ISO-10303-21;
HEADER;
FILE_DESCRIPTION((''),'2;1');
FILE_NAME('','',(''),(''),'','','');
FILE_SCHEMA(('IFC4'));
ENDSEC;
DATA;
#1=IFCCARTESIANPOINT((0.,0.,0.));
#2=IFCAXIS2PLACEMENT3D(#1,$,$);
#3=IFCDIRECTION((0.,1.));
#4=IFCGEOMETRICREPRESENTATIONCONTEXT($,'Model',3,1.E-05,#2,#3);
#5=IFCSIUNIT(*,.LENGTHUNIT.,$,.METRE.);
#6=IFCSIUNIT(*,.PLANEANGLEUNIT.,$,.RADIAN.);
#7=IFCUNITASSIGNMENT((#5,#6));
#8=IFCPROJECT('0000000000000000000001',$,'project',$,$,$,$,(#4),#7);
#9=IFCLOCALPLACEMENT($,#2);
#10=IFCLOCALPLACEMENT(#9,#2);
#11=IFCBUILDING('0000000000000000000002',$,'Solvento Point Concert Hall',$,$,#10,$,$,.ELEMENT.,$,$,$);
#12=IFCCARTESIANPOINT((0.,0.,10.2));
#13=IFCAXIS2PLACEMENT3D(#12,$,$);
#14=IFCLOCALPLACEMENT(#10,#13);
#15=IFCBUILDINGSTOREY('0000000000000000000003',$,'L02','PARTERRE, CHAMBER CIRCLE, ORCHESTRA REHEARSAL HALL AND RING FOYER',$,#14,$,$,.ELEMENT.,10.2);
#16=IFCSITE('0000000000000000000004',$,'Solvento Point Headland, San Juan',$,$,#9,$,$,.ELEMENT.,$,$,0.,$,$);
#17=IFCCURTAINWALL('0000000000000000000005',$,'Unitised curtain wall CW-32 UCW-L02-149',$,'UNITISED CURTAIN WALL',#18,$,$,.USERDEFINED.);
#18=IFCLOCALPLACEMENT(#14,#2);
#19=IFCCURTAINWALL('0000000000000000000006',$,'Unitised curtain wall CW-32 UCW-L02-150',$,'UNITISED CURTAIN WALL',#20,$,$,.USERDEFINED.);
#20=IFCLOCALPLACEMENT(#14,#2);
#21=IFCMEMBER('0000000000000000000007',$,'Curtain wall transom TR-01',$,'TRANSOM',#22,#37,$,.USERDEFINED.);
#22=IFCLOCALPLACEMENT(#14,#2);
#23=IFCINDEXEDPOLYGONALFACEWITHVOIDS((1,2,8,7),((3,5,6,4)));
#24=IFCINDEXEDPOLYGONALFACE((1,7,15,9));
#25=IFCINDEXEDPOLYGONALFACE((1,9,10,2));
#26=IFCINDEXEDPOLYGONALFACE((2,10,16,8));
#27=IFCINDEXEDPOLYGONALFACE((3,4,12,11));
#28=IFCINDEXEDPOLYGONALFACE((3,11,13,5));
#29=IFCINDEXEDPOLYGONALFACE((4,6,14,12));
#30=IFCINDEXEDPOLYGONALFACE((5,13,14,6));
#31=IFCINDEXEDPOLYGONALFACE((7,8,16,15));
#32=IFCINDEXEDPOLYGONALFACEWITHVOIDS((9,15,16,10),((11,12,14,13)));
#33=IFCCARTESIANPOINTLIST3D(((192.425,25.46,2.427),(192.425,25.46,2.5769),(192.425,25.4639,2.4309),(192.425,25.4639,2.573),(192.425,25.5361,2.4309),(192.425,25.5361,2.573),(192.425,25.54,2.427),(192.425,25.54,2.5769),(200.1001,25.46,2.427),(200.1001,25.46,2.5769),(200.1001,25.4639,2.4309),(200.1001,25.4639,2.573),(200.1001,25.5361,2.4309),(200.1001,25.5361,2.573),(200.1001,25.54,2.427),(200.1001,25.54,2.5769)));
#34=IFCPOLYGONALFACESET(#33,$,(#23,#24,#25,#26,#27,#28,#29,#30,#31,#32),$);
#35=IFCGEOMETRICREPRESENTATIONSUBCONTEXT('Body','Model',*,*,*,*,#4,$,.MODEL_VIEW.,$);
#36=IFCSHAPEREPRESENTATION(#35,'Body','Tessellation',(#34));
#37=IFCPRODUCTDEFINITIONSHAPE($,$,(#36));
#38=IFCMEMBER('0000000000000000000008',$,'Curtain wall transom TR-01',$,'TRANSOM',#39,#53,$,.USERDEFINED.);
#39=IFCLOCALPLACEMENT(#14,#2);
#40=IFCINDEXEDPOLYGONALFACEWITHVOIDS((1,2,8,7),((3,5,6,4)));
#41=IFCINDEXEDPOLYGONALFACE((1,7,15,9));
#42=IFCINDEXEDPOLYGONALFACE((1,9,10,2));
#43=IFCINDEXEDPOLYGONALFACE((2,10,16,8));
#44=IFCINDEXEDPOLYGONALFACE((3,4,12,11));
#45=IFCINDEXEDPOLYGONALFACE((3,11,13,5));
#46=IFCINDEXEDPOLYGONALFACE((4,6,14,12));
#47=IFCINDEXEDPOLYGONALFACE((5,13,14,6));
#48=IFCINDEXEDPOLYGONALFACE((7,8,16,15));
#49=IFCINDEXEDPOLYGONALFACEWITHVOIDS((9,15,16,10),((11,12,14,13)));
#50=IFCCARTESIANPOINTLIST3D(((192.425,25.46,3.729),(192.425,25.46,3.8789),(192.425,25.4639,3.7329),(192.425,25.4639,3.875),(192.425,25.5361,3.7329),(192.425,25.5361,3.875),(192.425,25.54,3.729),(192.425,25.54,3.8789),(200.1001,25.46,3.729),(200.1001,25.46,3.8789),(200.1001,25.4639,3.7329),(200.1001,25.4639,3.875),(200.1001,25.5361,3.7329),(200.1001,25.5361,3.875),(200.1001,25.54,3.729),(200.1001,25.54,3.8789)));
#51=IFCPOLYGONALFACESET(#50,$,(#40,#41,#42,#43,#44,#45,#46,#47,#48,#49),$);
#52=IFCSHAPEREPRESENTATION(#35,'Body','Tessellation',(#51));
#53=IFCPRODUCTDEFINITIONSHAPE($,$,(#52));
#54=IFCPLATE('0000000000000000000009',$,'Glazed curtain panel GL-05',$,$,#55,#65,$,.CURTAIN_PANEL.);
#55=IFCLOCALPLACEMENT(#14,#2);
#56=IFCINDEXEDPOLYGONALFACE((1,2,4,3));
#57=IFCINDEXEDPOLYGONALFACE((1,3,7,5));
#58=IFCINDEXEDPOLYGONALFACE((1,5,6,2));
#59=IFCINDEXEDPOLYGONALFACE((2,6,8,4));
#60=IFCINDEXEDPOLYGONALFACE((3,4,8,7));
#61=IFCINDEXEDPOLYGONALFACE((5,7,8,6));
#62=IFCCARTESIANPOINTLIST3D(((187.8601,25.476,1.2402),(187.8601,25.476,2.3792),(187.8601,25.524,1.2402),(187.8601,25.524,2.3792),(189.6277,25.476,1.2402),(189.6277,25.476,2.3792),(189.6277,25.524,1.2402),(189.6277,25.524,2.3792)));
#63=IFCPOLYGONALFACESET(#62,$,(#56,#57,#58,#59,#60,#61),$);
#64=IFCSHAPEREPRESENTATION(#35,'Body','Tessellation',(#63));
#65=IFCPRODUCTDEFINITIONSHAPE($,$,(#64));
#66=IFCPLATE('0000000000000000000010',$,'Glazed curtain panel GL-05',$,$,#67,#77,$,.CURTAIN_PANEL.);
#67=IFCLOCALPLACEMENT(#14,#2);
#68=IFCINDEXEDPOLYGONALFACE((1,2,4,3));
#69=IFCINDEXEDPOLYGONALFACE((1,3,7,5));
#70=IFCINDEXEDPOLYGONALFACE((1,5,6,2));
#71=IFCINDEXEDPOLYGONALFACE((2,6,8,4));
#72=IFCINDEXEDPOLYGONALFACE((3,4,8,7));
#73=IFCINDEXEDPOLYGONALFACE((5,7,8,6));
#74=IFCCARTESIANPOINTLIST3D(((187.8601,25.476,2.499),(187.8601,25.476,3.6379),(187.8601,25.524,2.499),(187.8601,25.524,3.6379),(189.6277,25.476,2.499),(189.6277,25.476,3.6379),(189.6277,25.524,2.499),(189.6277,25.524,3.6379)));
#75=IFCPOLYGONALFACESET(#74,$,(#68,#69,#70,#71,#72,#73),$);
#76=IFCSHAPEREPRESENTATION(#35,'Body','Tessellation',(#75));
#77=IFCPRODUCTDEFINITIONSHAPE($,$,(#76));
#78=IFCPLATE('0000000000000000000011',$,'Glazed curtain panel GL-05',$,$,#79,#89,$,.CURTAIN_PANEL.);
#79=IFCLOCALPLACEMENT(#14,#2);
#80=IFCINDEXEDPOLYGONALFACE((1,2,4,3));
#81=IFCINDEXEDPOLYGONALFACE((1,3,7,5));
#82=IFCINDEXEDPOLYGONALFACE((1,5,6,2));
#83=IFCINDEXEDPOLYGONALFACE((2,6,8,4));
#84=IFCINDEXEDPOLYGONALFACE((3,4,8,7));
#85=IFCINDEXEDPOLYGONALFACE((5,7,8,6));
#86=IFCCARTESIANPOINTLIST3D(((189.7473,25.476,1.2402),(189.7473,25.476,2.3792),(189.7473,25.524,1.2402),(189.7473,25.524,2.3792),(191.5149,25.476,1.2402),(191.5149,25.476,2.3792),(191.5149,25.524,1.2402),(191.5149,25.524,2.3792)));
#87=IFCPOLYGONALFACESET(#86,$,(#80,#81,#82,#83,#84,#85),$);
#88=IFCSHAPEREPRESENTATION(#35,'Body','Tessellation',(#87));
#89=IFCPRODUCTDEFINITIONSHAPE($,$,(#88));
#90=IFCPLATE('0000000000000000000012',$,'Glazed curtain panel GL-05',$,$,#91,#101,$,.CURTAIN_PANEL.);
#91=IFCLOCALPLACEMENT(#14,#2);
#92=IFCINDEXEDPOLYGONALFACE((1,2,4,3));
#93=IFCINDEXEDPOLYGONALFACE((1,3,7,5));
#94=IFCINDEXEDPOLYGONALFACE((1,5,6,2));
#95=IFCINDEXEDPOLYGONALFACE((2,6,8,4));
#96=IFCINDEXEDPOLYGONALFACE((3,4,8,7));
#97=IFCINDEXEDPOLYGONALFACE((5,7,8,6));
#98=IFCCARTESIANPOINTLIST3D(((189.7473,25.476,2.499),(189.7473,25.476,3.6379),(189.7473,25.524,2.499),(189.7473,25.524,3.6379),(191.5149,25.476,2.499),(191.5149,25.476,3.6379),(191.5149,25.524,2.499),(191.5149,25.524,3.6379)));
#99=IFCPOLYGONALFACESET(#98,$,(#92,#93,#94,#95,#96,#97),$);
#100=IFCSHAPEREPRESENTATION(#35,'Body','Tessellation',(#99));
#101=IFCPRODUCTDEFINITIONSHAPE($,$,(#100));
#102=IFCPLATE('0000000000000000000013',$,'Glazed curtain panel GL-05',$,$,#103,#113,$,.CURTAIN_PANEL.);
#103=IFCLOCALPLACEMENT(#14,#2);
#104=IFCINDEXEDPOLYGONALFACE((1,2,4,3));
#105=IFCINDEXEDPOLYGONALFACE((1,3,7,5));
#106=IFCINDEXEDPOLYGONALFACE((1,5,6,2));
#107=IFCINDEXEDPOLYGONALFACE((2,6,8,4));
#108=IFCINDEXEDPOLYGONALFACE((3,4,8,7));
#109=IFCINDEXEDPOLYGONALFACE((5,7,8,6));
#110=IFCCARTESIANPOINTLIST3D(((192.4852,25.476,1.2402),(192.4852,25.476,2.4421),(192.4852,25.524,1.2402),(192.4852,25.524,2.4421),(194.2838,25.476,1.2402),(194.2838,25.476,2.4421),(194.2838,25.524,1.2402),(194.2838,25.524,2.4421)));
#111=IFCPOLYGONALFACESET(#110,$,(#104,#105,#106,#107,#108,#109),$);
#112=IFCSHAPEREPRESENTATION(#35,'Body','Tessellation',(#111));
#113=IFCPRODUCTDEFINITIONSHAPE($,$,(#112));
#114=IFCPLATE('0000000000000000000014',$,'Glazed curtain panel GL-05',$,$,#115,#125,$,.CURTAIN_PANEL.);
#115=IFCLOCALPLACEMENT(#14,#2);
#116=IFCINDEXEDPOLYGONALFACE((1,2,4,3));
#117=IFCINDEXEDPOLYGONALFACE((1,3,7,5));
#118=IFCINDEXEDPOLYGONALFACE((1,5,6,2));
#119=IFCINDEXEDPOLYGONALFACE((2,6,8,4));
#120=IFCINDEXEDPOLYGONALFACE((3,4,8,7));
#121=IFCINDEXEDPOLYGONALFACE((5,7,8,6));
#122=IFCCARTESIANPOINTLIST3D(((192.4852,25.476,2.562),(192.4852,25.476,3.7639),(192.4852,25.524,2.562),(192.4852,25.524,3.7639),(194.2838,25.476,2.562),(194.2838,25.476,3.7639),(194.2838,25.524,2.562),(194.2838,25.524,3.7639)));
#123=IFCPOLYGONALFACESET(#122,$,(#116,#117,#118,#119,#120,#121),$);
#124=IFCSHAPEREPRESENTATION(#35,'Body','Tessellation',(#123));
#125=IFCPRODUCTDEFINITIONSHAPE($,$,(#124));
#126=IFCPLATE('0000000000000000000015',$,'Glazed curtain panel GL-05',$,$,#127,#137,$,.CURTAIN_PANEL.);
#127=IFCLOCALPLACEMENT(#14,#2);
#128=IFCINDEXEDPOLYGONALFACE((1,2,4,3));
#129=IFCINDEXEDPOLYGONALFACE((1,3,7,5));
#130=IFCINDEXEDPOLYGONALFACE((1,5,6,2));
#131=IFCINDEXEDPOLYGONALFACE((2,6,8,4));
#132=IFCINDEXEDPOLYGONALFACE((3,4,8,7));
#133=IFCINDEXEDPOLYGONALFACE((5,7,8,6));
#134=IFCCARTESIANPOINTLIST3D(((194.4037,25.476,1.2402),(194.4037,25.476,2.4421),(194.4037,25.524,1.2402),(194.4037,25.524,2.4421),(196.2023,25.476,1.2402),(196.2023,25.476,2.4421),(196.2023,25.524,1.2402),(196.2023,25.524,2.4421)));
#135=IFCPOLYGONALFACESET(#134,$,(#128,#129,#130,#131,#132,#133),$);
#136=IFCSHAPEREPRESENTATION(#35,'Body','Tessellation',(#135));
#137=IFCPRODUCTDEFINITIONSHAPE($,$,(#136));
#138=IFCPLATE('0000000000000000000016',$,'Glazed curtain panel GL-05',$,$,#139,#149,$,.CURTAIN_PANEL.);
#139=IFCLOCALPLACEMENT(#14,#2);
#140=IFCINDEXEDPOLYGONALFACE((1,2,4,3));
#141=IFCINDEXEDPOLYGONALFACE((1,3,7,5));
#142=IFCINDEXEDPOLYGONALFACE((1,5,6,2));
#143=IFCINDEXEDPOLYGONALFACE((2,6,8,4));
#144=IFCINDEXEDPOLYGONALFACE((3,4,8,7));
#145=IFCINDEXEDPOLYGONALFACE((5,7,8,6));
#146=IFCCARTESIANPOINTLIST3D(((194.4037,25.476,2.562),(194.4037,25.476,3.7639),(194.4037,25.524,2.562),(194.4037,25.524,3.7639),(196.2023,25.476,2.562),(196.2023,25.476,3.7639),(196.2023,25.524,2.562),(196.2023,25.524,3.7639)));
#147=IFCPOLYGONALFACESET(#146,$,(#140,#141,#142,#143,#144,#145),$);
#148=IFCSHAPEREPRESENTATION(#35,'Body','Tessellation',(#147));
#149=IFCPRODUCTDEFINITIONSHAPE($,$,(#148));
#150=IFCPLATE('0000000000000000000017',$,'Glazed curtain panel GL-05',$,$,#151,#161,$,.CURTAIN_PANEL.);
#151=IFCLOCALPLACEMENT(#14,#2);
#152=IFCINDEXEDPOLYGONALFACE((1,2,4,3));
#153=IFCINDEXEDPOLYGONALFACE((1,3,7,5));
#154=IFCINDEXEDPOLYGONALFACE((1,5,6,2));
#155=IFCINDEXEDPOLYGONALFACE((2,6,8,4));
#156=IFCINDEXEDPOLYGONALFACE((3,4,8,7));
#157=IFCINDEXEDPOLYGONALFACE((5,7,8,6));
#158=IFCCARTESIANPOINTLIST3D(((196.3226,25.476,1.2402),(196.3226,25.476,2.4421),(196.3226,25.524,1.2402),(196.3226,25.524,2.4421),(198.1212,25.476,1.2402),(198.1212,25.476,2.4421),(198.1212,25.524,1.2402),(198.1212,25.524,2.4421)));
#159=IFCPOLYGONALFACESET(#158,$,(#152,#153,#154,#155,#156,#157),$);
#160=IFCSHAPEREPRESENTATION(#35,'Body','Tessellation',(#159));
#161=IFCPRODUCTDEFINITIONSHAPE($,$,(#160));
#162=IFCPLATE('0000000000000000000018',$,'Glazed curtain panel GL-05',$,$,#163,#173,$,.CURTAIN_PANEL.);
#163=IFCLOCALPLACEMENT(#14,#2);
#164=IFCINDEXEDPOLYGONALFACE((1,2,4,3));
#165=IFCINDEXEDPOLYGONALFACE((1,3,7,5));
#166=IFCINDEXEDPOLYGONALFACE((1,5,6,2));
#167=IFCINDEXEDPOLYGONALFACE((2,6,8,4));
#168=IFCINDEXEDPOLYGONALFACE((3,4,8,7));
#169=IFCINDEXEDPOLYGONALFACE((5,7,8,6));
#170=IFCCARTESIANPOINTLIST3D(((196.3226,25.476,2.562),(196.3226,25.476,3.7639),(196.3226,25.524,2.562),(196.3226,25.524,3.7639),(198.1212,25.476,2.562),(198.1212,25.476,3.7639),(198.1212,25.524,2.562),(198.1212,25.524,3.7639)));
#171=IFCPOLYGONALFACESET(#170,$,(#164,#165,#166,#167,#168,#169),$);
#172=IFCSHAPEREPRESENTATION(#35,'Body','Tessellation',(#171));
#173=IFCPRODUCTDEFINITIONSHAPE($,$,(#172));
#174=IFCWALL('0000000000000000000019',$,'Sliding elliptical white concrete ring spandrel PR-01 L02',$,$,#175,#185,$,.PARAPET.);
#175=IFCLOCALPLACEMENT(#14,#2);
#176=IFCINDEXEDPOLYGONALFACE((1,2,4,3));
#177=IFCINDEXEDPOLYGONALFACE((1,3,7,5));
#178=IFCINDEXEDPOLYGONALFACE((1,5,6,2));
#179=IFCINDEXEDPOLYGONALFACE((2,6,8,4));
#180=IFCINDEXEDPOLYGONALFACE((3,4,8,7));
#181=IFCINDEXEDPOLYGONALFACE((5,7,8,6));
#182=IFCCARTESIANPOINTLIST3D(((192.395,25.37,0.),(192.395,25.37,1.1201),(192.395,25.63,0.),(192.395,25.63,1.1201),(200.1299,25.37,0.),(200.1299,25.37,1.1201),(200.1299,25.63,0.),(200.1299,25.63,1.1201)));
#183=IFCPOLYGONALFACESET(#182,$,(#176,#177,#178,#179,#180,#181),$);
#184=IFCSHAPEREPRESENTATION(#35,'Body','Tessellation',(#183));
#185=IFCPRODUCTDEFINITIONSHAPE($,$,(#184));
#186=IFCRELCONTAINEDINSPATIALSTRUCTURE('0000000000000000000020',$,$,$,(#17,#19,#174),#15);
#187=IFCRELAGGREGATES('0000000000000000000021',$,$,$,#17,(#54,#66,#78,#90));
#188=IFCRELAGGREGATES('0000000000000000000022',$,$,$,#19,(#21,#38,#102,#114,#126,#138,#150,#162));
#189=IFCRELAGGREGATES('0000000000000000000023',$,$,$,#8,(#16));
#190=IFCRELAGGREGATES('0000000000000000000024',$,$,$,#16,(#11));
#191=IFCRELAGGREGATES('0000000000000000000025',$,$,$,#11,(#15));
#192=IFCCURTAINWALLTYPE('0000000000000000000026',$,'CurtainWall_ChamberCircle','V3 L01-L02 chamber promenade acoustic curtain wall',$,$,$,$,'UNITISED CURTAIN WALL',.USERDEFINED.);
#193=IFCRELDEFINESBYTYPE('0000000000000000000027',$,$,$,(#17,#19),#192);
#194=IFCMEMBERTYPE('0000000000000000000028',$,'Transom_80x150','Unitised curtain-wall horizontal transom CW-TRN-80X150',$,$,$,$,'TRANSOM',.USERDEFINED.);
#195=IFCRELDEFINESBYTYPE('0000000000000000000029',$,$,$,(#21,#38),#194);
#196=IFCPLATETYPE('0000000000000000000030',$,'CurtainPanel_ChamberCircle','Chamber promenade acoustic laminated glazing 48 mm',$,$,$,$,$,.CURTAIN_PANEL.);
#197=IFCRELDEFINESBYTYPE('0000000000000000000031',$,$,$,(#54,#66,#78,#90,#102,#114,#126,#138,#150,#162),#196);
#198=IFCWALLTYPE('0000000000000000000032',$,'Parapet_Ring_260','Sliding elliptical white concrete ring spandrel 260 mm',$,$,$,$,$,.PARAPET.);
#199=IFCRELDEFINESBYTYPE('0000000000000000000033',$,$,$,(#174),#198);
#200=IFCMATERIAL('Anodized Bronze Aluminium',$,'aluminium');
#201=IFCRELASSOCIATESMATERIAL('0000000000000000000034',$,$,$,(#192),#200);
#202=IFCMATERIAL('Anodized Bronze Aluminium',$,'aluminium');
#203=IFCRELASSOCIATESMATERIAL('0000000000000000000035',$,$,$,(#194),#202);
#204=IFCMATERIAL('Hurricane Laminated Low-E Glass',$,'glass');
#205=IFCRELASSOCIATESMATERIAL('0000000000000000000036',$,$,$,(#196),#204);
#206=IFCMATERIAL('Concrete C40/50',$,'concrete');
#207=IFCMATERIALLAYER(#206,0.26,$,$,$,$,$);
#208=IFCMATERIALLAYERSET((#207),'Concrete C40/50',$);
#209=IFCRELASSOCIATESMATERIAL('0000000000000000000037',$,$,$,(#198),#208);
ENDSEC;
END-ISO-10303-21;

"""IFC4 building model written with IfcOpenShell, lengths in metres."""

from ifc_helpers import new_model, si_unit, direction, frame, frame_2d, origin, origin_2d, place, context, subcontext, project, spatial, rectangle, hollow_rectangle, extrude, material, layer, layer_set, material_profile, profile_set, type_object, element, aggregate, save


model = new_model("IFC4")

# Units and contexts
model_context = context("Model", 3, precision=1e-05, world=origin(), true_north=direction((0.0, 1.0)))
body_context = subcontext(model_context, "Body", "Model", "MODEL_VIEW")
ifc_project = project(units=[si_unit("LENGTHUNIT", "METRE"), si_unit("PLANEANGLEUNIT", "RADIAN")], contexts=[model_context])

# Site, building, storey
site_placement = place(None, origin())
site = spatial("IfcSite", under=ifc_project, at=site_placement, Name="Solvento Point Headland, San Juan", CompositionType="ELEMENT", RefElevation=0.0)
building_placement = place(site_placement, origin())
building = spatial("IfcBuilding", under=site, at=building_placement, Name="Solvento Point Concert Hall", CompositionType="ELEMENT")
storey_placement = place(building_placement, frame((0.0, 0.0, 10.2)))
storey = spatial("IfcBuildingStorey", under=building, at=storey_placement, Name="L02", Description="PARTERRE, CHAMBER CIRCLE, ORCHESTRA REHEARSAL HALL AND RING FOYER", CompositionType="ELEMENT", Elevation=10.2)

# Curtain walls, members
ifc_material_1 = material(Name="Anodized Bronze Aluminium", Category="aluminium")
curtain_wall_type = type_object("IfcCurtainWallType", Name="CurtainWall_ChamberCircle", Description="V3 L01-L02 chamber promenade acoustic curtain wall", ElementType="UNITISED CURTAIN WALL", PredefinedType="USERDEFINED", material=ifc_material_1)
curtain_wall_1_placement = place(storey_placement, origin())
curtain_wall_1 = element("IfcCurtainWall", 1, at=curtain_wall_1_placement, inside=storey, type_object=curtain_wall_type, Name="Unitised curtain wall CW-32 UCW-L02-149", ObjectType="UNITISED CURTAIN WALL", PredefinedType="USERDEFINED")
curtain_wall_2_placement = place(storey_placement, origin())
curtain_wall_2 = element("IfcCurtainWall", 2, at=curtain_wall_2_placement, inside=storey, type_object=curtain_wall_type, Name="Unitised curtain wall CW-32 UCW-L02-150", ObjectType="UNITISED CURTAIN WALL", PredefinedType="USERDEFINED")
ifc_material_2 = material(Name="Anodized Bronze Aluminium", Category="aluminium")
ifc_material_profile_1 = material_profile(ifc_material_2, hollow_rectangle(XDim=0.0801, YDim=0.1499, WallThickness=0.0039, at=origin_2d()), Name="CW-TRN-80X150")
ifc_profile_set_1 = profile_set([ifc_material_profile_1], Name="Anodized Bronze Aluminium")
member_type_1 = type_object("IfcMemberType", Name="Transom_80x150", Description="Unitised curtain-wall horizontal transom CW-TRN-80X150", ElementType="TRANSOM", PredefinedType="USERDEFINED", material=ifc_profile_set_1)
member_1_placement = place(storey_placement, frame((192.425, 25.5, 2.502), z_axis=(1.0, 0.0, 0.0), x_axis=(0.0, 1.0, 0.0)))
member_1 = element("IfcMember", 3, at=member_1_placement, type_object=member_type_1, Name="Curtain wall transom TR-01", ObjectType="TRANSOM", PredefinedType="USERDEFINED", context=body_context, shape_type="SweptSolid", body=[
    extrude(hollow_rectangle(XDim=0.0801, YDim=0.1499, WallThickness=0.0039, at=origin_2d()), origin(), (0.0, 0.0, 1.0), 7.675),
])
member_2_placement = place(storey_placement, frame((192.425, 25.5, 3.804), z_axis=(1.0, 0.0, 0.0), x_axis=(0.0, 1.0, 0.0)))
member_2 = element("IfcMember", 4, at=member_2_placement, type_object=member_type_1, Name="Curtain wall transom TR-01", ObjectType="TRANSOM", PredefinedType="USERDEFINED", context=body_context, shape_type="SweptSolid", body=[
    extrude(hollow_rectangle(XDim=0.0801, YDim=0.1499, WallThickness=0.0039, at=origin_2d()), origin(), (0.0, 0.0, 1.0), 7.675),
])

# Plates
ifc_material_3 = material(Name="Hurricane Laminated Low-E Glass", Category="glass")
plate_type = type_object("IfcPlateType", Name="CurtainPanel_ChamberCircle", Description="Chamber promenade acoustic laminated glazing 48 mm", PredefinedType="CURTAIN_PANEL", material=ifc_material_3)
plate_1_placement = place(storey_placement, frame((188.7439, 25.5, 1.2402), z_axis=(0.0, 0.0, 1.0), x_axis=(1.0, 0.0, 0.0)))
plate_1 = element("IfcPlate", 5, at=plate_1_placement, type_object=plate_type, Name="Glazed curtain panel GL-05", PredefinedType="CURTAIN_PANEL", context=body_context, shape_type="SweptSolid", body=[
    extrude(rectangle(XDim=1.7676, YDim=0.0481, at=origin_2d()), origin(), (0.0, 0.0, 1.0), 1.1389),
])
plate_2_placement = place(storey_placement, frame((188.7439, 25.5, 2.499), z_axis=(0.0, 0.0, 1.0), x_axis=(1.0, 0.0, 0.0)))
plate_2 = element("IfcPlate", 6, at=plate_2_placement, type_object=plate_type, Name="Glazed curtain panel GL-05", PredefinedType="CURTAIN_PANEL", context=body_context, shape_type="SweptSolid", body=[
    extrude(rectangle(XDim=1.7676, YDim=0.0481, at=origin_2d()), origin(), (0.0, 0.0, 1.0), 1.1389),
])
plate_3_placement = place(storey_placement, frame((190.6311, 25.5, 1.2402), z_axis=(0.0, 0.0, 1.0), x_axis=(1.0, 0.0, 0.0)))
plate_3 = element("IfcPlate", 7, at=plate_3_placement, type_object=plate_type, Name="Glazed curtain panel GL-05", PredefinedType="CURTAIN_PANEL", context=body_context, shape_type="SweptSolid", body=[
    extrude(rectangle(XDim=1.7676, YDim=0.0481, at=origin_2d()), origin(), (0.0, 0.0, 1.0), 1.1389),
])
plate_4_placement = place(storey_placement, frame((190.6311, 25.5, 2.499), z_axis=(0.0, 0.0, 1.0), x_axis=(1.0, 0.0, 0.0)))
plate_4 = element("IfcPlate", 8, at=plate_4_placement, type_object=plate_type, Name="Glazed curtain panel GL-05", PredefinedType="CURTAIN_PANEL", context=body_context, shape_type="SweptSolid", body=[
    extrude(rectangle(XDim=1.7676, YDim=0.0481, at=origin_2d()), origin(), (0.0, 0.0, 1.0), 1.1389),
])
aggregate(curtain_wall_1, [plate_1, plate_2, plate_3, plate_4])
plate_5_placement = place(storey_placement, frame((193.3845, 25.5, 1.2402), z_axis=(0.0, 0.0, 1.0), x_axis=(1.0, 0.0, 0.0)))
plate_5 = element("IfcPlate", 9, at=plate_5_placement, type_object=plate_type, Name="Glazed curtain panel GL-05", PredefinedType="CURTAIN_PANEL", context=body_context, shape_type="SweptSolid", body=[
    extrude(rectangle(XDim=1.7986, YDim=0.0481, at=origin_2d()), origin(), (0.0, 0.0, 1.0), 1.2019),
])
plate_6_placement = place(storey_placement, frame((193.3845, 25.5, 2.562), z_axis=(0.0, 0.0, 1.0), x_axis=(1.0, 0.0, 0.0)))
plate_6 = element("IfcPlate", 10, at=plate_6_placement, type_object=plate_type, Name="Glazed curtain panel GL-05", PredefinedType="CURTAIN_PANEL", context=body_context, shape_type="SweptSolid", body=[
    extrude(rectangle(XDim=1.7986, YDim=0.0481, at=origin_2d()), origin(), (0.0, 0.0, 1.0), 1.2019),
])
plate_7_placement = place(storey_placement, frame((195.303, 25.5, 1.2402), z_axis=(0.0, 0.0, 1.0), x_axis=(1.0, 0.0, 0.0)))
plate_7 = element("IfcPlate", 11, at=plate_7_placement, type_object=plate_type, Name="Glazed curtain panel GL-05", PredefinedType="CURTAIN_PANEL", context=body_context, shape_type="SweptSolid", body=[
    extrude(rectangle(XDim=1.7986, YDim=0.0481, at=origin_2d()), origin(), (0.0, 0.0, 1.0), 1.2019),
])
plate_8_placement = place(storey_placement, frame((195.303, 25.5, 2.562), z_axis=(0.0, 0.0, 1.0), x_axis=(1.0, 0.0, 0.0)))
plate_8 = element("IfcPlate", 12, at=plate_8_placement, type_object=plate_type, Name="Glazed curtain panel GL-05", PredefinedType="CURTAIN_PANEL", context=body_context, shape_type="SweptSolid", body=[
    extrude(rectangle(XDim=1.7986, YDim=0.0481, at=origin_2d()), origin(), (0.0, 0.0, 1.0), 1.2019),
])
plate_9_placement = place(storey_placement, frame((197.2219, 25.5, 1.2402), z_axis=(0.0, 0.0, 1.0), x_axis=(1.0, 0.0, 0.0)))
plate_9 = element("IfcPlate", 13, at=plate_9_placement, type_object=plate_type, Name="Glazed curtain panel GL-05", PredefinedType="CURTAIN_PANEL", context=body_context, shape_type="SweptSolid", body=[
    extrude(rectangle(XDim=1.7986, YDim=0.0481, at=origin_2d()), origin(), (0.0, 0.0, 1.0), 1.2019),
])
plate_10_placement = place(storey_placement, frame((197.2219, 25.5, 2.562), z_axis=(0.0, 0.0, 1.0), x_axis=(1.0, 0.0, 0.0)))
plate_10 = element("IfcPlate", 14, at=plate_10_placement, type_object=plate_type, Name="Glazed curtain panel GL-05", PredefinedType="CURTAIN_PANEL", context=body_context, shape_type="SweptSolid", body=[
    extrude(rectangle(XDim=1.7986, YDim=0.0481, at=origin_2d()), origin(), (0.0, 0.0, 1.0), 1.2019),
])
aggregate(curtain_wall_2, [member_1, member_2, plate_5, plate_6, plate_7, plate_8, plate_9, plate_10])

# Wall
ifc_material_4 = material(Name="Concrete C40/50", Category="concrete")
ifc_layer = layer(ifc_material_4, 0.26)
ifc_layer_set = layer_set([ifc_layer], Name="Concrete C40/50")
wall_type = type_object("IfcWallType", Name="Parapet_Ring_260", Description="Sliding elliptical white concrete ring spandrel 260 mm", PredefinedType="PARAPET", material=ifc_layer_set)
wall_placement = place(storey_placement, frame((192.395, 25.5, 0.0), z_axis=(0.0, 0.0, 1.0), x_axis=(1.0, 0.0, 0.0)))
element("IfcWall", 15, at=wall_placement, inside=storey, type_object=wall_type, Name="Sliding elliptical white concrete ring spandrel PR-01 L02", PredefinedType="PARAPET", context=body_context, shape_type="SweptSolid", body=[
    extrude(rectangle(XDim=7.7349, YDim=0.26, at=frame_2d((3.8674, 0.0))), origin(), (0.0, 0.0, 1.0), 1.1201),
])

save(model, "model.ifc")
